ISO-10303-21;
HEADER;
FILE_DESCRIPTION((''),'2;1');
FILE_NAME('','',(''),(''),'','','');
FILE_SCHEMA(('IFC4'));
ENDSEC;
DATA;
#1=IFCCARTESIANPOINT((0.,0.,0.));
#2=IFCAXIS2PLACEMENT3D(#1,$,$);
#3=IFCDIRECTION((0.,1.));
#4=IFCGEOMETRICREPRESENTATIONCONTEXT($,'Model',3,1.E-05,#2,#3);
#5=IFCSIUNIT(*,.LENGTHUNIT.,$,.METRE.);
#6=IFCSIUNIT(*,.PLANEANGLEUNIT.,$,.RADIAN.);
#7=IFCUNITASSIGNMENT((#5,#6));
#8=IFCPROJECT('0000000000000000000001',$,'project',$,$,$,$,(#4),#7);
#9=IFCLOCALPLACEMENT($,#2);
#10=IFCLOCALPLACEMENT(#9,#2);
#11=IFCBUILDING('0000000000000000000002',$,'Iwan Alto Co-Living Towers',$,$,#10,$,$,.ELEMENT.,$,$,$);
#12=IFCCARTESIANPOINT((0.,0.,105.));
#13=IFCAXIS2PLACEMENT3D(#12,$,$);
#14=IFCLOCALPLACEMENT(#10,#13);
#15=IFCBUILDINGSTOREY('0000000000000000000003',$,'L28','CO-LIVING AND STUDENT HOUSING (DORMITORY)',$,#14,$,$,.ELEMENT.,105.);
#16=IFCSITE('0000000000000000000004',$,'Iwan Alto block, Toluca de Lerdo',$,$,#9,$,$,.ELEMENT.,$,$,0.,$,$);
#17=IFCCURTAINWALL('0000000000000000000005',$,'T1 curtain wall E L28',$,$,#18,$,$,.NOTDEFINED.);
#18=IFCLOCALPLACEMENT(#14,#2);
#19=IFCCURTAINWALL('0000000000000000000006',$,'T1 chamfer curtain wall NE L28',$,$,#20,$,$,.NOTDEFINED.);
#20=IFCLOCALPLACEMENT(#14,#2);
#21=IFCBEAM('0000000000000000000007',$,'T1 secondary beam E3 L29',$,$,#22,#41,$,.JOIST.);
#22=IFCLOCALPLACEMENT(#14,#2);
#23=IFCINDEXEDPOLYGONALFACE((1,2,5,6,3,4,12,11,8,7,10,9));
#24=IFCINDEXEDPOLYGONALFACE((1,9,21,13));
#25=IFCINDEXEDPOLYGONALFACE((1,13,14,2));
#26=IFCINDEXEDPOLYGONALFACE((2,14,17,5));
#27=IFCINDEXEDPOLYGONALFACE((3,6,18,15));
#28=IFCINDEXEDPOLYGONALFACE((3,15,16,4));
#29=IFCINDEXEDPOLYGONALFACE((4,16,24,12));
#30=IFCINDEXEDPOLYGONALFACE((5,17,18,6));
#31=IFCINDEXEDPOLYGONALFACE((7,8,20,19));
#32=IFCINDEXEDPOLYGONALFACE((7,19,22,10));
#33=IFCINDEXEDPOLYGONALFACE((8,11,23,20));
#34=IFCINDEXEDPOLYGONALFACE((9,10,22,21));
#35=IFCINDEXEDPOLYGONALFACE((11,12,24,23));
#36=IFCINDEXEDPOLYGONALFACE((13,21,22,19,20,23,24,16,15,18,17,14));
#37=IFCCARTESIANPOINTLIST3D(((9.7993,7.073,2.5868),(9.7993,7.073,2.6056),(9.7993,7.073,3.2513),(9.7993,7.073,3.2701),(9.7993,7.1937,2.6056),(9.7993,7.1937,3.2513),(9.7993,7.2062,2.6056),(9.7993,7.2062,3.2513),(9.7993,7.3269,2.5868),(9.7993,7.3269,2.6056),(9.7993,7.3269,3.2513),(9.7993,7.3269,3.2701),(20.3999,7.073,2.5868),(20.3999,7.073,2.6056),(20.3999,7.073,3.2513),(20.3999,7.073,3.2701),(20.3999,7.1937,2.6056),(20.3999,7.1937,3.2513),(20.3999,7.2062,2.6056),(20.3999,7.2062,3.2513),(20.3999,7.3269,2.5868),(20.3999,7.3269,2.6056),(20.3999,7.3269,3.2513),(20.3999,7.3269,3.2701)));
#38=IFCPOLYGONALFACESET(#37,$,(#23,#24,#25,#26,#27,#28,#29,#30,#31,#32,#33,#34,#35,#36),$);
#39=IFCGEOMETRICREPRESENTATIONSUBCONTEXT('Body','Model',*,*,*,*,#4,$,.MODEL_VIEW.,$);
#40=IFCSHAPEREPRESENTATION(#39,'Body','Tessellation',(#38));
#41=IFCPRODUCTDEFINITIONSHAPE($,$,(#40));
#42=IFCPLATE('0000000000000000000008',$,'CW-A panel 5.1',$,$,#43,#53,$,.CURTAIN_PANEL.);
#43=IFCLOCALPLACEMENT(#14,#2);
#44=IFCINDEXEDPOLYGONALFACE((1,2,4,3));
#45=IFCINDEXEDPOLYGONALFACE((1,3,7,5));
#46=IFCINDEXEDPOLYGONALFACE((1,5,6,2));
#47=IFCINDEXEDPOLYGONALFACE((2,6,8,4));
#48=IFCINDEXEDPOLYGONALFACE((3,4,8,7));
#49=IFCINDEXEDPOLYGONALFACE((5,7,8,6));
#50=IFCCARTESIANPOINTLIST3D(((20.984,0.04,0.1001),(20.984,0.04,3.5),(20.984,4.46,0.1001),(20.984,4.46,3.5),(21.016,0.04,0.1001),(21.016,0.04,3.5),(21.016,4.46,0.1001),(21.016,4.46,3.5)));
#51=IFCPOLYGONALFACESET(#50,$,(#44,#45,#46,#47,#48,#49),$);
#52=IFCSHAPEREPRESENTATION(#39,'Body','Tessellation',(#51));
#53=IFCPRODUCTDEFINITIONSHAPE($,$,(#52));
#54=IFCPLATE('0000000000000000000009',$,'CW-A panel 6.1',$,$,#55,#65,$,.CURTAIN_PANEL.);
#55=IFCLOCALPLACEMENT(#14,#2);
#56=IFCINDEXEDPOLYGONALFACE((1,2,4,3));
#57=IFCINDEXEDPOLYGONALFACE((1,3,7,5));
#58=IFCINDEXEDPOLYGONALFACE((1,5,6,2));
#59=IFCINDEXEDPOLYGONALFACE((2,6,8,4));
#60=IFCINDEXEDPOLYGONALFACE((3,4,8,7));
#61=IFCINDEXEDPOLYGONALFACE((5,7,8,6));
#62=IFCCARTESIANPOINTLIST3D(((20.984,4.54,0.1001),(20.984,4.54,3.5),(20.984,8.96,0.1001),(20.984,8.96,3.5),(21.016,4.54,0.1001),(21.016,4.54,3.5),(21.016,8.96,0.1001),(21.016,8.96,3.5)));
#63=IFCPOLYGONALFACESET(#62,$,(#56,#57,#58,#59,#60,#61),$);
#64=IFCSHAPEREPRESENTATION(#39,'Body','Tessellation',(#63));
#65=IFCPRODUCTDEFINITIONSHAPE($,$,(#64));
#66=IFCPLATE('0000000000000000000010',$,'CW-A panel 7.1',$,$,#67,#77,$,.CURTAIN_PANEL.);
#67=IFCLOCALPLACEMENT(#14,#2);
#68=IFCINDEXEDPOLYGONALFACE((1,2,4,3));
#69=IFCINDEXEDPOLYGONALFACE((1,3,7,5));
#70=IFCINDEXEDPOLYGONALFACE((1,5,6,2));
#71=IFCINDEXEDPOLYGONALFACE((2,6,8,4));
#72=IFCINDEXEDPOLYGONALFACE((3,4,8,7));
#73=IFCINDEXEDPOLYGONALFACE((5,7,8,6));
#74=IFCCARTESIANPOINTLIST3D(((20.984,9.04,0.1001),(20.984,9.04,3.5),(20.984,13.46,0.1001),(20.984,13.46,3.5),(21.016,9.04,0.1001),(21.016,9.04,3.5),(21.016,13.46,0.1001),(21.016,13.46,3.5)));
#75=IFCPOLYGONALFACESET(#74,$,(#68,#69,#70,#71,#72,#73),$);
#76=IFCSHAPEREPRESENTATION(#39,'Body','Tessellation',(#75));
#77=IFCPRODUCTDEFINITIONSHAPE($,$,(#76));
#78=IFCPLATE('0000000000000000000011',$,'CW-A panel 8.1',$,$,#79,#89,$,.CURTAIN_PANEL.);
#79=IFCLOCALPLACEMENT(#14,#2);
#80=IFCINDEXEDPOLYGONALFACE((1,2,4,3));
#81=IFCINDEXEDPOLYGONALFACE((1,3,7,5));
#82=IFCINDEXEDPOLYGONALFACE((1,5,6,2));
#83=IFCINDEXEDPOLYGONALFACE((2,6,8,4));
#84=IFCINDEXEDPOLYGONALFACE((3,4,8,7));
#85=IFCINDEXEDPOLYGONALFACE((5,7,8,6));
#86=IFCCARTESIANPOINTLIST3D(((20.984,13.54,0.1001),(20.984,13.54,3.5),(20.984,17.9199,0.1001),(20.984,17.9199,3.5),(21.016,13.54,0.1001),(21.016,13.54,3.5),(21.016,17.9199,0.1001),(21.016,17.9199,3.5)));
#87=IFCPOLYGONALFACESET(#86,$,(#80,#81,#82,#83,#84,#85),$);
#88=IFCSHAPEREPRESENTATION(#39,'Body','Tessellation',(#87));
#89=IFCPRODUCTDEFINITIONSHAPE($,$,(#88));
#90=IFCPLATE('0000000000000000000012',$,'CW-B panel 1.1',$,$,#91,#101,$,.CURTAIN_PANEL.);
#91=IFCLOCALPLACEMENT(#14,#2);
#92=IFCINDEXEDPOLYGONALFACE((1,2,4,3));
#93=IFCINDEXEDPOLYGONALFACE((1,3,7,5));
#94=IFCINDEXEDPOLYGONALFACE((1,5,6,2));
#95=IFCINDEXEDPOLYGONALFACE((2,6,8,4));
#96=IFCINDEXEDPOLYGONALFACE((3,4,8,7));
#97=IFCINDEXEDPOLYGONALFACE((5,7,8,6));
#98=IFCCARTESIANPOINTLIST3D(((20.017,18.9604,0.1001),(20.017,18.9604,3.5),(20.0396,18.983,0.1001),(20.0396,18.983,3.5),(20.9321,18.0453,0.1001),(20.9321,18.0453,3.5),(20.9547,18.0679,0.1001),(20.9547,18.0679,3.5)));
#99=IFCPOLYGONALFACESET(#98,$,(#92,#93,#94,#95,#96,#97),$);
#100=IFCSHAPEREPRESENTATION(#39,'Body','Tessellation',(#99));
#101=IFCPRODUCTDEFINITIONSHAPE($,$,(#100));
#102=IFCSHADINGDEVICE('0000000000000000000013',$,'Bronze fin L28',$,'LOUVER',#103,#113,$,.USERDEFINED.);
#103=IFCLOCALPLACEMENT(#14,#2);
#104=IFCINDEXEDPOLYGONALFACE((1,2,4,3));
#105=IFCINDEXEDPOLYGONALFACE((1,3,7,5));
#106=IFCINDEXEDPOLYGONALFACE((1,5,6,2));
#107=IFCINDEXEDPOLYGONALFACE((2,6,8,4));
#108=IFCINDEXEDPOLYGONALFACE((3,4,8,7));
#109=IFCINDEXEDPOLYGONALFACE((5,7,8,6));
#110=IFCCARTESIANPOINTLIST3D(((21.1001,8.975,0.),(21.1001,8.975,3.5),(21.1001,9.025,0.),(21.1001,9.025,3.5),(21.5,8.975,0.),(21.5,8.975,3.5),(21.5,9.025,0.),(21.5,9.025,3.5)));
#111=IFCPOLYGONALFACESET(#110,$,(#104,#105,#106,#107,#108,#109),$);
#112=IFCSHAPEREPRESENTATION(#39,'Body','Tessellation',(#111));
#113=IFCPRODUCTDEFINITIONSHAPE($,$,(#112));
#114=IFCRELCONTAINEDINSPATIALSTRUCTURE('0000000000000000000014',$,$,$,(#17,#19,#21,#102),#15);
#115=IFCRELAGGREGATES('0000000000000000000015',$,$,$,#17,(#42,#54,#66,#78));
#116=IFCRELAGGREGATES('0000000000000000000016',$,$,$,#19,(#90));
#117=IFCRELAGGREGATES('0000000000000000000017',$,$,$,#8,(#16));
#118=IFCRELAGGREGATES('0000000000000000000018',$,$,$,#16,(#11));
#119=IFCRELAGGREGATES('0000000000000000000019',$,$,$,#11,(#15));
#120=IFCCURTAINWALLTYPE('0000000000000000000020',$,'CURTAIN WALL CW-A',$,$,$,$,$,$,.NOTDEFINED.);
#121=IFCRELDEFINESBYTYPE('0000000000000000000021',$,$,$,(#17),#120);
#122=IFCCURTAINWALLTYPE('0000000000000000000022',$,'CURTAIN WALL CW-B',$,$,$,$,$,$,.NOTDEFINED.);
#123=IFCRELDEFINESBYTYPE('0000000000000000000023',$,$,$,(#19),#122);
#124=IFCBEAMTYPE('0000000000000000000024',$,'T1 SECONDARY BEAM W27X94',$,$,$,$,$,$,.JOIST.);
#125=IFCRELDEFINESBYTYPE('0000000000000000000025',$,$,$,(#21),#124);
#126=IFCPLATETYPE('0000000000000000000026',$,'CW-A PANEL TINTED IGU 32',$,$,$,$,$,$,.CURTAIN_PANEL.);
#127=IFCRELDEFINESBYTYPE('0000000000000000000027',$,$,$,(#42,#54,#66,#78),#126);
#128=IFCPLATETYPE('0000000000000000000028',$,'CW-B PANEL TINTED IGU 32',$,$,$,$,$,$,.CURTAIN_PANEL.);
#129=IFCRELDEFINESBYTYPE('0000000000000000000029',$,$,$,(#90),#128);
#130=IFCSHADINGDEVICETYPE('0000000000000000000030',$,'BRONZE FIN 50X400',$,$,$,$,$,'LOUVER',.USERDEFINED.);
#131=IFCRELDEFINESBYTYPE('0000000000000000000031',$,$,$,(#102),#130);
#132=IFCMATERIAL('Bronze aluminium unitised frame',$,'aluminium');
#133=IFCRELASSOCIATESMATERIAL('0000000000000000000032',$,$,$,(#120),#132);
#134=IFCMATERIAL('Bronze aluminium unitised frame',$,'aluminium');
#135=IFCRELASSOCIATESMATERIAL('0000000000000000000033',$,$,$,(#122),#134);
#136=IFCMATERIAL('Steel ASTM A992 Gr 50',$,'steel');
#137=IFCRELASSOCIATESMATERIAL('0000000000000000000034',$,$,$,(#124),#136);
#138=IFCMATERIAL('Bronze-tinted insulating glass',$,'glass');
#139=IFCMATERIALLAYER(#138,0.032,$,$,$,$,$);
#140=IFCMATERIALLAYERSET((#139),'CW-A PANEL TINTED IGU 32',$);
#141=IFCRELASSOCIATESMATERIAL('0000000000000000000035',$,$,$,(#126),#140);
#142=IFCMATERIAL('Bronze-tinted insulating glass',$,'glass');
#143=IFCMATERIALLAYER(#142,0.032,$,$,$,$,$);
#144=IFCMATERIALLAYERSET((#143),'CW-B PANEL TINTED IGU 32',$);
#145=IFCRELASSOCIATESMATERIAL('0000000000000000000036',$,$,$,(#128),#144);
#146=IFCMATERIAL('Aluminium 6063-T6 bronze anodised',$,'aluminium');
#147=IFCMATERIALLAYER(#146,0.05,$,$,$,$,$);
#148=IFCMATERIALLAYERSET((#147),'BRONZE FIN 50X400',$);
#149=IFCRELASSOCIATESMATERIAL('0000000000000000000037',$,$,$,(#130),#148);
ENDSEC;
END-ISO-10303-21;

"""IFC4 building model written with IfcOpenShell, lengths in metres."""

from ifc_helpers import new_model, si_unit, direction, frame, origin, origin_2d, place, context, subcontext, project, spatial, rectangle, i_section, extrude, material, layer, layer_set, material_profile, profile_set, type_object, element, aggregate, save


model = new_model("IFC4")

# Units and contexts
model_context = context("Model", 3, precision=1e-05, world=origin(), true_north=direction((0.0, 1.0)))
body_context = subcontext(model_context, "Body", "Model", "MODEL_VIEW")
ifc_project = project(units=[si_unit("LENGTHUNIT", "METRE"), si_unit("PLANEANGLEUNIT", "RADIAN")], contexts=[model_context])

# Site, building, storey
site_placement = place(None, origin())
site = spatial("IfcSite", under=ifc_project, at=site_placement, Name="Iwan Alto block, Toluca de Lerdo", CompositionType="ELEMENT", RefElevation=0.0)
building_placement = place(site_placement, origin())
building = spatial("IfcBuilding", under=site, at=building_placement, Name="Iwan Alto Co-Living Towers", CompositionType="ELEMENT")
storey_placement = place(building_placement, frame((0.0, 0.0, 105.0)))
storey = spatial("IfcBuildingStorey", under=building, at=storey_placement, Name="L28", Description="CO-LIVING AND STUDENT HOUSING (DORMITORY)", CompositionType="ELEMENT", Elevation=105.0)

# Curtain walls
ifc_material_1 = material(Name="Bronze aluminium unitised frame", Category="aluminium")
curtain_wall_type_1 = type_object("IfcCurtainWallType", Name="CURTAIN WALL CW-A", PredefinedType="NOTDEFINED", material=ifc_material_1)
curtain_wall_1_placement = place(storey_placement, origin())
curtain_wall_1 = element("IfcCurtainWall", 1, at=curtain_wall_1_placement, inside=storey, type_object=curtain_wall_type_1, Name="T1 curtain wall E L28", PredefinedType="NOTDEFINED")
ifc_material_2 = material(Name="Bronze aluminium unitised frame", Category="aluminium")
curtain_wall_type_2 = type_object("IfcCurtainWallType", Name="CURTAIN WALL CW-B", PredefinedType="NOTDEFINED", material=ifc_material_2)
curtain_wall_2_placement = place(storey_placement, origin())
curtain_wall_2 = element("IfcCurtainWall", 2, at=curtain_wall_2_placement, inside=storey, type_object=curtain_wall_type_2, Name="T1 chamfer curtain wall NE L28", PredefinedType="NOTDEFINED")

# Beam
ifc_material_3 = material(Name="Steel ASTM A992 Gr 50", Category="steel")
ifc_material_profile_1 = material_profile(ifc_material_3, i_section(OverallWidth=0.2539, OverallDepth=0.6833, WebThickness=0.0125, FlangeThickness=0.0188, at=origin_2d()), Name="W27X94")
ifc_profile_set_1 = profile_set([ifc_material_profile_1], Name="Steel ASTM A992 Gr 50")
beam_type_1 = type_object("IfcBeamType", Name="T1 SECONDARY BEAM W27X94", PredefinedType="JOIST", material=ifc_profile_set_1)
beam_1_placement = place(storey_placement, frame((20.3999, 7.2, 2.9285), z_axis=(-1.0, 0.0, 0.0), x_axis=(0.0, -1.0, 0.0)))
element("IfcBeam", 3, at=beam_1_placement, inside=storey, type_object=beam_type_1, Name="T1 secondary beam E3 L29", PredefinedType="JOIST", context=body_context, shape_type="SweptSolid", body=[
    extrude(i_section(OverallWidth=0.2539, OverallDepth=0.6833, WebThickness=0.0125, FlangeThickness=0.0188, at=origin_2d()), origin(), (0.0, 0.0, 1.0), 10.6006),
])

# Plates
ifc_material_4 = material(Name="Bronze-tinted insulating glass", Category="glass")
ifc_layer_1 = layer(ifc_material_4, 0.032)
ifc_layer_set_1 = layer_set([ifc_layer_1], Name="CW-A PANEL TINTED IGU 32")
plate_type_1 = type_object("IfcPlateType", Name="CW-A PANEL TINTED IGU 32", PredefinedType="CURTAIN_PANEL", material=ifc_layer_set_1)
plate_1_placement = place(storey_placement, frame((21.0, 2.25, 0.1001), z_axis=(0.0, 0.0, 1.0), x_axis=(0.0, 1.0, 0.0)))
plate_1 = element("IfcPlate", 4, at=plate_1_placement, type_object=plate_type_1, Name="CW-A panel 5.1", PredefinedType="CURTAIN_PANEL", context=body_context, shape_type="SweptSolid", body=[
    extrude(rectangle(XDim=4.4199, YDim=0.032, at=origin_2d()), origin(), (0.0, 0.0, 1.0), 3.3999),
])
plate_2_placement = place(storey_placement, frame((21.0, 6.75, 0.1001), z_axis=(0.0, 0.0, 1.0), x_axis=(0.0, 1.0, 0.0)))
plate_2 = element("IfcPlate", 5, at=plate_2_placement, type_object=plate_type_1, Name="CW-A panel 6.1", PredefinedType="CURTAIN_PANEL", context=body_context, shape_type="SweptSolid", body=[
    extrude(rectangle(XDim=4.4199, YDim=0.032, at=origin_2d()), origin(), (0.0, 0.0, 1.0), 3.3999),
])
plate_3_placement = place(storey_placement, frame((21.0, 11.25, 0.1001), z_axis=(0.0, 0.0, 1.0), x_axis=(0.0, 1.0, 0.0)))
plate_3 = element("IfcPlate", 6, at=plate_3_placement, type_object=plate_type_1, Name="CW-A panel 7.1", PredefinedType="CURTAIN_PANEL", context=body_context, shape_type="SweptSolid", body=[
    extrude(rectangle(XDim=4.4199, YDim=0.032, at=origin_2d()), origin(), (0.0, 0.0, 1.0), 3.3999),
])
plate_4_placement = place(storey_placement, frame((21.0, 15.73, 0.1001), z_axis=(0.0, 0.0, 1.0), x_axis=(0.0, 1.0, 0.0)))
plate_4 = element("IfcPlate", 7, at=plate_4_placement, type_object=plate_type_1, Name="CW-A panel 8.1", PredefinedType="CURTAIN_PANEL", context=body_context, shape_type="SweptSolid", body=[
    extrude(rectangle(XDim=4.3799, YDim=0.032, at=origin_2d()), origin(), (0.0, 0.0, 1.0), 3.3999),
])
aggregate(curtain_wall_1, [plate_1, plate_2, plate_3, plate_4])
ifc_material_5 = material(Name="Bronze-tinted insulating glass", Category="glass")
ifc_layer_2 = layer(ifc_material_5, 0.032)
ifc_layer_set_2 = layer_set([ifc_layer_2], Name="CW-B PANEL TINTED IGU 32")
plate_type_2 = type_object("IfcPlateType", Name="CW-B PANEL TINTED IGU 32", PredefinedType="CURTAIN_PANEL", material=ifc_layer_set_2)
plate_5_placement = place(storey_placement, frame((20.4858, 18.5142, 0.1001), z_axis=(0.0, 0.0, 1.0), x_axis=(-0.707107, 0.707107, 0.0)))
plate_5 = element("IfcPlate", 8, at=plate_5_placement, type_object=plate_type_2, Name="CW-B panel 1.1", PredefinedType="CURTAIN_PANEL", context=body_context, shape_type="SweptSolid", body=[
    extrude(rectangle(XDim=1.2942, YDim=0.032, at=origin_2d()), origin(), (0.0, 0.0, 1.0), 3.3999),
])
aggregate(curtain_wall_2, [plate_5])

# Shading device
ifc_material_6 = material(Name="Aluminium 6063-T6 bronze anodised", Category="aluminium")
ifc_layer_3 = layer(ifc_material_6, 0.05)
ifc_layer_set_3 = layer_set([ifc_layer_3], Name="BRONZE FIN 50X400")
shading_device_type = type_object("IfcShadingDeviceType", Name="BRONZE FIN 50X400", ElementType="LOUVER", PredefinedType="USERDEFINED", material=ifc_layer_set_3)
shading_device_placement = place(storey_placement, frame((21.3, 9.0, 0.0), z_axis=(0.0, 0.0, 1.0), x_axis=(0.0, 1.0, 0.0)))
element("IfcShadingDevice", 9, at=shading_device_placement, inside=storey, type_object=shading_device_type, Name="Bronze fin L28", ObjectType="LOUVER", PredefinedType="USERDEFINED", context=body_context, shape_type="SweptSolid", body=[
    extrude(rectangle(XDim=0.05, YDim=0.3999, at=origin_2d()), origin(), (0.0, 0.0, 1.0), 3.5),
])

save(model, "model.ifc")
